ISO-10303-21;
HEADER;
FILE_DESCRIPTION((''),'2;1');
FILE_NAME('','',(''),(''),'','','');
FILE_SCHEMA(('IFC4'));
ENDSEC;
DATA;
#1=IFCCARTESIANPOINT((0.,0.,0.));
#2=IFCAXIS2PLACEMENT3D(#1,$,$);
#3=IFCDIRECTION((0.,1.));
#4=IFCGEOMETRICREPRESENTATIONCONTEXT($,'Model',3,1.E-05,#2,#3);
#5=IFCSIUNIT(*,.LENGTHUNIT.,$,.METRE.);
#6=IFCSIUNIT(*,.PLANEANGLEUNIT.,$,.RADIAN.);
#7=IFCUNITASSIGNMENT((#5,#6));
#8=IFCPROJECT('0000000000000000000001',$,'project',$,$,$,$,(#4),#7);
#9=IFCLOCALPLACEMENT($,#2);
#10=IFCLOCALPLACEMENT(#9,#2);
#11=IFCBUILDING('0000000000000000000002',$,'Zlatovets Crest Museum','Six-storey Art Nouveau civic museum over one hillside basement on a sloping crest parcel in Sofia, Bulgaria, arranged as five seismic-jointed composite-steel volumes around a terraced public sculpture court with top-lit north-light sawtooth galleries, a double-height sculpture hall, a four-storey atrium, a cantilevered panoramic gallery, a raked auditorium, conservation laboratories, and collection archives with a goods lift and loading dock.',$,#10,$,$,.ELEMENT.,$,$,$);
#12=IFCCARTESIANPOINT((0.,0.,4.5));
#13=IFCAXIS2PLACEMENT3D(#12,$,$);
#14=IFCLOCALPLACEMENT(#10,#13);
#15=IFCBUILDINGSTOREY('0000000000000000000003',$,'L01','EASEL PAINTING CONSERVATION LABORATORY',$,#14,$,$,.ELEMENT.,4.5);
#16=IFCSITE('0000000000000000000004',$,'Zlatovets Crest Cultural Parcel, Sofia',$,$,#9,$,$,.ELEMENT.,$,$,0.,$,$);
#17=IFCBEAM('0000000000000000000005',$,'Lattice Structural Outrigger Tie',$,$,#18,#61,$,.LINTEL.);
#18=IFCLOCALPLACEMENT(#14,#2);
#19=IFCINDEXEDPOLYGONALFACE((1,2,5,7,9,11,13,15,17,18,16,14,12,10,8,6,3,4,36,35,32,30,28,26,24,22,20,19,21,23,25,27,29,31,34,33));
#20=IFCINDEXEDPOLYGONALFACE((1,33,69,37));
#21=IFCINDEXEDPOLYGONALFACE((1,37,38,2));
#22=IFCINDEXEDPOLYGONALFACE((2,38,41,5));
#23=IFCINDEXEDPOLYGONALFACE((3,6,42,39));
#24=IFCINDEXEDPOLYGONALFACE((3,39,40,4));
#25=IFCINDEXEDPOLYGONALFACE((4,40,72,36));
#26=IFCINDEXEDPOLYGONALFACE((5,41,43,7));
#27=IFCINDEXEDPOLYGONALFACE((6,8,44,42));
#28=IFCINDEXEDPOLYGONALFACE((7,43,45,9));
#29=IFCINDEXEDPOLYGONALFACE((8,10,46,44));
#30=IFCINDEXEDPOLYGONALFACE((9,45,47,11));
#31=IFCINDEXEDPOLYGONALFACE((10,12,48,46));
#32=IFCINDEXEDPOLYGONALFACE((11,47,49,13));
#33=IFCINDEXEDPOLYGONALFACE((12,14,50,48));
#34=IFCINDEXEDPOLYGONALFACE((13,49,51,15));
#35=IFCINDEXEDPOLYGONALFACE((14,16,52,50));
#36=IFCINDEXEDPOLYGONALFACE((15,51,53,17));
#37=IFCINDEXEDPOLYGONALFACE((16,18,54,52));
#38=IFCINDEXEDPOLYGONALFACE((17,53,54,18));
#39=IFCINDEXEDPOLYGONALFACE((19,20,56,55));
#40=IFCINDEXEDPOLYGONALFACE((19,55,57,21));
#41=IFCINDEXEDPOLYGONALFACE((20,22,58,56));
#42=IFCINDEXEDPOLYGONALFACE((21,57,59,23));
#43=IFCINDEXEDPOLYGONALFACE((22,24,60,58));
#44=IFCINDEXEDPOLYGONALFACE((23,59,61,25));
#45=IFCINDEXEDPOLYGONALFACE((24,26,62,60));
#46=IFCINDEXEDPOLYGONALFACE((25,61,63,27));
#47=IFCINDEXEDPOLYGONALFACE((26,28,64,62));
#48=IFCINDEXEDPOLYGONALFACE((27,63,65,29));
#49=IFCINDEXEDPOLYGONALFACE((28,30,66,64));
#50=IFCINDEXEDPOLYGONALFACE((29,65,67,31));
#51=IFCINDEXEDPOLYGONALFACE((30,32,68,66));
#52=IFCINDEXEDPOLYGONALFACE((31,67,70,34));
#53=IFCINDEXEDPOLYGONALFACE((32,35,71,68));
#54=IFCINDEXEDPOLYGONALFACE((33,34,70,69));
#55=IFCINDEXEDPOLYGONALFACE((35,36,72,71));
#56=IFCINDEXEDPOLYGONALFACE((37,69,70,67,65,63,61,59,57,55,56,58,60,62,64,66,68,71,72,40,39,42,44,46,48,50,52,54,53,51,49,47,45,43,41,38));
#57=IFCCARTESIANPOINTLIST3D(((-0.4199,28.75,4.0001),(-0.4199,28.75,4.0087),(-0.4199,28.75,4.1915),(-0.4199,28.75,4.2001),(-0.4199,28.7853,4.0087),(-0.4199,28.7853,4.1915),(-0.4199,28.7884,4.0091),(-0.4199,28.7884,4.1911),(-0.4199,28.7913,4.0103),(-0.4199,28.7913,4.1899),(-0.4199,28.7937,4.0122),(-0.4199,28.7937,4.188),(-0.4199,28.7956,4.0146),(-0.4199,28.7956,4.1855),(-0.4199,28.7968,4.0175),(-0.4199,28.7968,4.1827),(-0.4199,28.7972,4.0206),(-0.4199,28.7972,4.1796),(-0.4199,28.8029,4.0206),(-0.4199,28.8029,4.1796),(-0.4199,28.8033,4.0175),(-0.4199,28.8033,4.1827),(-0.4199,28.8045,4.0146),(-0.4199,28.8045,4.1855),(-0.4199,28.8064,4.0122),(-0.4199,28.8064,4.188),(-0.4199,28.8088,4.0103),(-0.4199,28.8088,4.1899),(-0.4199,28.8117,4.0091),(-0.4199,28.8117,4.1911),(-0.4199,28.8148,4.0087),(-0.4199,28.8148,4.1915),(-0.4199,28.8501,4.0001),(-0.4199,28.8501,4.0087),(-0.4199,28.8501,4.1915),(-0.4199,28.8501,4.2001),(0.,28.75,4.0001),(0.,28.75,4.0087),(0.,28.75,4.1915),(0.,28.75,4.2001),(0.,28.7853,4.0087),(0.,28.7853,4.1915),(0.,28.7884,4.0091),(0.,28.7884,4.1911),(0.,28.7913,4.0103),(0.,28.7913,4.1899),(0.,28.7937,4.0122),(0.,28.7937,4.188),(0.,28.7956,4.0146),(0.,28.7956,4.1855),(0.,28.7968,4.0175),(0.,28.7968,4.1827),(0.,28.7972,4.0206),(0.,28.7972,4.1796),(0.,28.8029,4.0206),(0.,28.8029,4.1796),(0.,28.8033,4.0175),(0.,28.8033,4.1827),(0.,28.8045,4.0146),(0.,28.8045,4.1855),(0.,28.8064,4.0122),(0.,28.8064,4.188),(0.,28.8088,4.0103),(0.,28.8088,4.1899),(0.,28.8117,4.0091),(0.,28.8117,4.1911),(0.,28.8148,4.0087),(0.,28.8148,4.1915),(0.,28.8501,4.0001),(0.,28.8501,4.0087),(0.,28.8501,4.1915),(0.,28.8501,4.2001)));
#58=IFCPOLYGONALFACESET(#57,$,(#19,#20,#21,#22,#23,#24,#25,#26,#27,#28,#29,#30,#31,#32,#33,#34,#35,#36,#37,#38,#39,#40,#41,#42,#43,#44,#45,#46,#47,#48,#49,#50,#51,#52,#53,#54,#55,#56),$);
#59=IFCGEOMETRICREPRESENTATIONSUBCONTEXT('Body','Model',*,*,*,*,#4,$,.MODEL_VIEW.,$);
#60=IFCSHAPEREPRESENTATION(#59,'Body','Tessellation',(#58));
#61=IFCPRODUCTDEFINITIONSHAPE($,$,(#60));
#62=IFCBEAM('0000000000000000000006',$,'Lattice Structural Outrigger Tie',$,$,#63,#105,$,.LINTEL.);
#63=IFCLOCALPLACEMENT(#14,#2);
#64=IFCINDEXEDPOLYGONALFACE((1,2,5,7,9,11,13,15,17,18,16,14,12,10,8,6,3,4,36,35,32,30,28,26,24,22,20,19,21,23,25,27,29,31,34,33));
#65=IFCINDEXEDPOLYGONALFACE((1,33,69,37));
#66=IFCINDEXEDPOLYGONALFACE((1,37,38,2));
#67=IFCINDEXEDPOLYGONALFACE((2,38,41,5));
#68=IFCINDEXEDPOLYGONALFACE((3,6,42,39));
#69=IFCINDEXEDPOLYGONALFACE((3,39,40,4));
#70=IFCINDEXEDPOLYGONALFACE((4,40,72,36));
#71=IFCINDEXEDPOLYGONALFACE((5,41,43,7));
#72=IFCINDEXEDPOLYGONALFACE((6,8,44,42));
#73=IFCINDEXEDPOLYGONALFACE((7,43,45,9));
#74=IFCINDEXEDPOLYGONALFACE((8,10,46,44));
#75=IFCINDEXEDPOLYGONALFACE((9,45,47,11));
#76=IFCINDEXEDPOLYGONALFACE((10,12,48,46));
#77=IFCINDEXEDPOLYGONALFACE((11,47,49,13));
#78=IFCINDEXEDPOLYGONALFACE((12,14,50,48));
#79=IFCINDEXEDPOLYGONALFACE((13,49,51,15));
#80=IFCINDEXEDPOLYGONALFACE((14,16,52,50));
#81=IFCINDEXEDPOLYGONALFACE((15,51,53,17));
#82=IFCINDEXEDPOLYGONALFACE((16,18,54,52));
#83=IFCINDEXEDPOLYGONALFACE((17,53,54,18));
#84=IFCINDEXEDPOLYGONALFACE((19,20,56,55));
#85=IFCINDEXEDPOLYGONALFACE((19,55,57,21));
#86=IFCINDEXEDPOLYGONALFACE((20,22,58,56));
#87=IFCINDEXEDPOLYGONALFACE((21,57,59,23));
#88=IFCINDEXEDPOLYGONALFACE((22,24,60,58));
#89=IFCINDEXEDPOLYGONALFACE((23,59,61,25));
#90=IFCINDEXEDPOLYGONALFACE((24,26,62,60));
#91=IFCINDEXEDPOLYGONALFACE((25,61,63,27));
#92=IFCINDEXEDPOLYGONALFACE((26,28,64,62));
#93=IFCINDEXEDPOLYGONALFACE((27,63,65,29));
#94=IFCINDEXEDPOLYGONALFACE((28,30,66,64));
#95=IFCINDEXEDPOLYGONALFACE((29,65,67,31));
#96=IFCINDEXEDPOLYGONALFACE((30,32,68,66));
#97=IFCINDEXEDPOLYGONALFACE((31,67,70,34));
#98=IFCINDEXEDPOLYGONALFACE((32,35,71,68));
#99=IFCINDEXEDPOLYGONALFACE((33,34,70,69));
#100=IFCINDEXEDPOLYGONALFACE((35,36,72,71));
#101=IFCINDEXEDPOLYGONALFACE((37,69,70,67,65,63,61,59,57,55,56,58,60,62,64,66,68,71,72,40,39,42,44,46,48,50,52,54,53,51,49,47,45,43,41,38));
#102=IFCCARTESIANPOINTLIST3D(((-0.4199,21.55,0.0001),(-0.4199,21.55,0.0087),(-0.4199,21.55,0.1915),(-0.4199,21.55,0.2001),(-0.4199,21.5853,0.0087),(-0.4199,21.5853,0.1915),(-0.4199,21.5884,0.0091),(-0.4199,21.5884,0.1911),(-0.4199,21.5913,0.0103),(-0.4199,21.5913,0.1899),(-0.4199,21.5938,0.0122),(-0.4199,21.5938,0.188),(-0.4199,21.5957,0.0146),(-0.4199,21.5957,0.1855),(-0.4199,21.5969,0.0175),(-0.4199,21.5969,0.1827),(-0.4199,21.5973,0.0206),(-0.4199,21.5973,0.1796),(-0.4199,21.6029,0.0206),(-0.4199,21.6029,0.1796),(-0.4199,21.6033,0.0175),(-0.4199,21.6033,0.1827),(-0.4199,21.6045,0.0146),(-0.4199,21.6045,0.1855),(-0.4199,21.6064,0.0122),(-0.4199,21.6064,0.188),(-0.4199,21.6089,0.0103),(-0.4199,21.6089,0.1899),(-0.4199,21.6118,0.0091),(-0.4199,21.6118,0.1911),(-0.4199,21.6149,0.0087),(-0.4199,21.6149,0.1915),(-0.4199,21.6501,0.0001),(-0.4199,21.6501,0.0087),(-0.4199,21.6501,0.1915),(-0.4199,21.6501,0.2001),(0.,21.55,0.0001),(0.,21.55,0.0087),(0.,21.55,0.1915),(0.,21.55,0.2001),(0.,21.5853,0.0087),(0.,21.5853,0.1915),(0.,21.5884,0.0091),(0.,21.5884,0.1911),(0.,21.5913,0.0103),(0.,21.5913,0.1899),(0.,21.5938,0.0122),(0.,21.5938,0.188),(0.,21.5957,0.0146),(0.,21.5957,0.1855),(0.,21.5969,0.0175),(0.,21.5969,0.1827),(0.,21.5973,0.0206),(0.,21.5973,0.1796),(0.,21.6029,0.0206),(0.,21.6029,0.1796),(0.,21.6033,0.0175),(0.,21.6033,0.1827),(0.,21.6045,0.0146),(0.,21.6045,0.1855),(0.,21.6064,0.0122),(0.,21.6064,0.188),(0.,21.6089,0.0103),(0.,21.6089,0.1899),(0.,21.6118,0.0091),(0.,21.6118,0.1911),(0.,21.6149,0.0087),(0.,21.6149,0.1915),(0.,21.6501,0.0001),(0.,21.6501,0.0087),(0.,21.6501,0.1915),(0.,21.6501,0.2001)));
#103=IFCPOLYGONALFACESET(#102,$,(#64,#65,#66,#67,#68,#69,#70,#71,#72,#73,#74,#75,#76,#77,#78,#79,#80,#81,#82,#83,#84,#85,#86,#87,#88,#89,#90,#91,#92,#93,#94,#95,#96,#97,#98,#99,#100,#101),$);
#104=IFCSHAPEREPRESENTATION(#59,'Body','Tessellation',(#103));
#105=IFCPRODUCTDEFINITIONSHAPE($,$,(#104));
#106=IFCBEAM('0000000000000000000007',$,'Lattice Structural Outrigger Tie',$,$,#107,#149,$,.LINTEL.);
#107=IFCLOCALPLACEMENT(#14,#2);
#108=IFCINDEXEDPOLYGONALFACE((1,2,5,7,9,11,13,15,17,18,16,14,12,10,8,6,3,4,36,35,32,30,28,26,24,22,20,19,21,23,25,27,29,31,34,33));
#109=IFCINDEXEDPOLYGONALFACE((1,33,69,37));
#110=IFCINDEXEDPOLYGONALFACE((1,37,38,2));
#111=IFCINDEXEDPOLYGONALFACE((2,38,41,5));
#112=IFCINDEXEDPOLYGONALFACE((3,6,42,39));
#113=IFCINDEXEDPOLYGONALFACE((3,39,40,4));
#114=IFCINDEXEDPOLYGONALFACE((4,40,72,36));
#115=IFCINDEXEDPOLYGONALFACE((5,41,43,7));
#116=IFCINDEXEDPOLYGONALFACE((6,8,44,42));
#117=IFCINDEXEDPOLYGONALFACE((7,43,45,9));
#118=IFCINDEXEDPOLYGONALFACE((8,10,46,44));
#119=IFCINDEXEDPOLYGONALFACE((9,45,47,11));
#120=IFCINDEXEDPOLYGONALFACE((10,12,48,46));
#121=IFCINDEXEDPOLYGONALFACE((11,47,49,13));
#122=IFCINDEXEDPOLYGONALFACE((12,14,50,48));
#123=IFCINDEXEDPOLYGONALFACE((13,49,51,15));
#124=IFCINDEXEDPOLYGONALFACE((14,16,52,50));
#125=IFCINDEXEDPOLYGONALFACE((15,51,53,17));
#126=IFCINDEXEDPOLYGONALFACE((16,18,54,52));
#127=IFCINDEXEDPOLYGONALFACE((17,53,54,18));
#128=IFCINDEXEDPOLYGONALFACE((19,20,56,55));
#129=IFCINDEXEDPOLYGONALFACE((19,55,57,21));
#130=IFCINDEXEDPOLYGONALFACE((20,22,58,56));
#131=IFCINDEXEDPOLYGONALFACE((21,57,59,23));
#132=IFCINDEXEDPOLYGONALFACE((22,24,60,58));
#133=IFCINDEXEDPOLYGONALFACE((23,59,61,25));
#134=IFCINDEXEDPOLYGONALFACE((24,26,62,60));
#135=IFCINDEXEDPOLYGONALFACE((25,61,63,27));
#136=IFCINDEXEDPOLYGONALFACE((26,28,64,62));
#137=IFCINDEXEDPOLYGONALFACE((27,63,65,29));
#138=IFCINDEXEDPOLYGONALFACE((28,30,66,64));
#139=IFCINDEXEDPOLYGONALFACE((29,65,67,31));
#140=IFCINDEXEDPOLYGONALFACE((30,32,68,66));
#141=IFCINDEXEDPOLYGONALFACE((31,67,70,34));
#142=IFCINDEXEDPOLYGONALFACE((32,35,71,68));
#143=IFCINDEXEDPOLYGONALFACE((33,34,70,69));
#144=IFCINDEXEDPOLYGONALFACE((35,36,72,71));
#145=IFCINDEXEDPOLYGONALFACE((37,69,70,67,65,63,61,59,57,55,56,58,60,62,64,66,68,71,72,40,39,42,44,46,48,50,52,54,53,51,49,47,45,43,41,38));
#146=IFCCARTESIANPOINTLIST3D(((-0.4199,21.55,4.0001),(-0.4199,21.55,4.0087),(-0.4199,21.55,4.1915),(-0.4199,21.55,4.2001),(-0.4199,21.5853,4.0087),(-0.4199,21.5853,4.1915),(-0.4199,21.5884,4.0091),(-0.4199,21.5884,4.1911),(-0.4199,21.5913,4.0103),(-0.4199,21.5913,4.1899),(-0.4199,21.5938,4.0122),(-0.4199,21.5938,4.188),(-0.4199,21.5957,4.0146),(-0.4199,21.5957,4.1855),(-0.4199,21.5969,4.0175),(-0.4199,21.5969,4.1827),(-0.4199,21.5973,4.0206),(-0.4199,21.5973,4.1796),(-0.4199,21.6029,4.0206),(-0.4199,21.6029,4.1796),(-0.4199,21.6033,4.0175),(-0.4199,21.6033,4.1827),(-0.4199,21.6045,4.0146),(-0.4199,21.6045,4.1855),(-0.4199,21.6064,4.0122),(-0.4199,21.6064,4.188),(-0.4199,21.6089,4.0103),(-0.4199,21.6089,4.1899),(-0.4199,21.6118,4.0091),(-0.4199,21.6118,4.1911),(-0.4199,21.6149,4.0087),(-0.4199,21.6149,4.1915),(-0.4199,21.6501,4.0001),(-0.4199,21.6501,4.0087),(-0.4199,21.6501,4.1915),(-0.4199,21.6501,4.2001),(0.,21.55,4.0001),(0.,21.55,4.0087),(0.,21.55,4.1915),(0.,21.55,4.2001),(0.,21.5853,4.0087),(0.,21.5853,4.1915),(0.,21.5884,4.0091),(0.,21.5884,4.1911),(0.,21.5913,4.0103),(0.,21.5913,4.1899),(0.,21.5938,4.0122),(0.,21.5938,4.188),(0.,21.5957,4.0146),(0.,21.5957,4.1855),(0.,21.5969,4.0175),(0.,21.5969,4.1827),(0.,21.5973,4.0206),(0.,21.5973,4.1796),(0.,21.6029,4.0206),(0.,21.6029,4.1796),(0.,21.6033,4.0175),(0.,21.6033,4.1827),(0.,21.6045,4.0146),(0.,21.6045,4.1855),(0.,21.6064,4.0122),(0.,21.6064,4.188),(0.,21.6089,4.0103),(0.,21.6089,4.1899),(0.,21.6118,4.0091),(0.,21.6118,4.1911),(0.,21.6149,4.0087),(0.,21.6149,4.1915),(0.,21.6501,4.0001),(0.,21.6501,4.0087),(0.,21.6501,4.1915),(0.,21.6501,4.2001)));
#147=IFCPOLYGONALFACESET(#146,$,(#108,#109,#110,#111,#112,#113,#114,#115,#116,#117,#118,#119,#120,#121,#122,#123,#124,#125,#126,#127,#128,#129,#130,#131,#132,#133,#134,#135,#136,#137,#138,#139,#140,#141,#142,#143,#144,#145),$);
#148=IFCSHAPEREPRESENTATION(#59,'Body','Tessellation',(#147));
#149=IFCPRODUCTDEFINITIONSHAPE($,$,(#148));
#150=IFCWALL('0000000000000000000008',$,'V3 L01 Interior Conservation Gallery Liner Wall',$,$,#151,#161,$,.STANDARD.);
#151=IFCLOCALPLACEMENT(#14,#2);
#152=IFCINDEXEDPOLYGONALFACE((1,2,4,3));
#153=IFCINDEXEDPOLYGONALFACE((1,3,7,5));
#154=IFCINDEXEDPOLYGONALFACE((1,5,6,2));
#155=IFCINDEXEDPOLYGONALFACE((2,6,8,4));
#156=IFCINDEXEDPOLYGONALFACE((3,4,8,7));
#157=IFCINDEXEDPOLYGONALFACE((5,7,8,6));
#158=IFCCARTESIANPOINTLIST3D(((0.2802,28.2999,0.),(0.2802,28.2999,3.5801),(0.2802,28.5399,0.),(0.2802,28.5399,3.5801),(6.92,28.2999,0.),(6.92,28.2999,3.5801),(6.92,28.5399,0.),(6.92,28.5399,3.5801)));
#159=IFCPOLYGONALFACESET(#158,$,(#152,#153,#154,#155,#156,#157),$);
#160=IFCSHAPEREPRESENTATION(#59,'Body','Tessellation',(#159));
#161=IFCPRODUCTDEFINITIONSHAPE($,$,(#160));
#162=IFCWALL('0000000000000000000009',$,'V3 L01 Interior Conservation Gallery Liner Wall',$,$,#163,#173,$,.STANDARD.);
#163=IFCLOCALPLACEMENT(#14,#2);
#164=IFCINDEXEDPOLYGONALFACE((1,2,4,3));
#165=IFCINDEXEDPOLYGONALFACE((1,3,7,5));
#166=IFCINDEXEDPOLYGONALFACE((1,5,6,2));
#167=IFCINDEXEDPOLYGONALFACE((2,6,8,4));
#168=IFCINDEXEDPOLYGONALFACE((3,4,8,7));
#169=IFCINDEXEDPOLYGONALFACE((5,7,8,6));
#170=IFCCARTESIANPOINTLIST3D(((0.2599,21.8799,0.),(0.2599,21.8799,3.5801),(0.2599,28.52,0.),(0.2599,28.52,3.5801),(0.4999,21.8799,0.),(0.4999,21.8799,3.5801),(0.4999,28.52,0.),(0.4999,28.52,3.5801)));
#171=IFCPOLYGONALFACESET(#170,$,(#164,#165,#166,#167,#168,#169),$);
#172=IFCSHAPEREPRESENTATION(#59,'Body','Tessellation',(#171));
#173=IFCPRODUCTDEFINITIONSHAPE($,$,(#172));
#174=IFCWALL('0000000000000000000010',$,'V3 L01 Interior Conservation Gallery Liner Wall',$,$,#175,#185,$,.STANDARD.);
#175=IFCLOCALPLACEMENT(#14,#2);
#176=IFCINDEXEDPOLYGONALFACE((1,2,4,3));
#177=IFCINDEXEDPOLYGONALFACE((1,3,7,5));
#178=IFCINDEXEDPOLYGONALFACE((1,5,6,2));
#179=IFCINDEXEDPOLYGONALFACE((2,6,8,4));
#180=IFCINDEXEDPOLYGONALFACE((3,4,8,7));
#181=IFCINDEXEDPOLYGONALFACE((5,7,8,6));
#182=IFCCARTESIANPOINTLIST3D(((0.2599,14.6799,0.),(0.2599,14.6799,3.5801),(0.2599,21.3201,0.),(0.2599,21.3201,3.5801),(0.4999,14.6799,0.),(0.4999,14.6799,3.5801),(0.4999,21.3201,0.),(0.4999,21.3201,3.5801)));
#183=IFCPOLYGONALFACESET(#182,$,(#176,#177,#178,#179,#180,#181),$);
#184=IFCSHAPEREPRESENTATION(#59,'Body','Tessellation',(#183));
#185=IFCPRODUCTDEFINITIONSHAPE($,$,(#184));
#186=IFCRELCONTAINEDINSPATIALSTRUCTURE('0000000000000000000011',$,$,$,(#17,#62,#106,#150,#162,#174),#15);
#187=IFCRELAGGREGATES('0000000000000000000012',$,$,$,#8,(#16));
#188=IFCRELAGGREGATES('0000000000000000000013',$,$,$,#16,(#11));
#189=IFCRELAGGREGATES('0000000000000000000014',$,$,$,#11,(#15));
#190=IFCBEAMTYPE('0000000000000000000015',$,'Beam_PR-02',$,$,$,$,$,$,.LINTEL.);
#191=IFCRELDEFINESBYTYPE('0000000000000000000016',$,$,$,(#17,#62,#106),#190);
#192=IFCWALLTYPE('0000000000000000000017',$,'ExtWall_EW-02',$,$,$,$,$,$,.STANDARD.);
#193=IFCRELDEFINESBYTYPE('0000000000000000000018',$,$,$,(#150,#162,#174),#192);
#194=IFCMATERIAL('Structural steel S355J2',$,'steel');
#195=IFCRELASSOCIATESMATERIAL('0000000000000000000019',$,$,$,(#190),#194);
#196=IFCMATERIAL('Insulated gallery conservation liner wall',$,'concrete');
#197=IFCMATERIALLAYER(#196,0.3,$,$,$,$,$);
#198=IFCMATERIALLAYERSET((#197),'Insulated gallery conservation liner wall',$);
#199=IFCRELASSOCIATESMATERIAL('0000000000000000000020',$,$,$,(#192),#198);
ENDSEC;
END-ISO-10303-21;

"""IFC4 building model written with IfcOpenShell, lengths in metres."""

from ifc_helpers import new_model, si_unit, direction, frame, frame_2d, origin, origin_2d, place, context, subcontext, project, spatial, rectangle, i_section, extrude, material, layer, layer_set, material_profile, profile_set, type_object, element, save


model = new_model("IFC4")

# Units and contexts
model_context = context("Model", 3, precision=1e-05, world=origin(), true_north=direction((0.0, 1.0)))
body_context = subcontext(model_context, "Body", "Model", "MODEL_VIEW")
ifc_project = project(units=[si_unit("LENGTHUNIT", "METRE"), si_unit("PLANEANGLEUNIT", "RADIAN")], contexts=[model_context])

# Site, building, storey
site_placement = place(None, origin())
site = spatial("IfcSite", under=ifc_project, at=site_placement, Name="Zlatovets Crest Cultural Parcel, Sofia", CompositionType="ELEMENT", RefElevation=0.0)
building_placement = place(site_placement, origin())
building = spatial("IfcBuilding", under=site, at=building_placement, Name="Zlatovets Crest Museum", Description="Six-storey Art Nouveau civic museum over one hillside basement on a sloping crest parcel in Sofia, Bulgaria, arranged as five seismic-jointed composite-steel volumes around a terraced public sculpture court with top-lit north-light sawtooth galleries, a double-height sculpture hall, a four-storey atrium, a cantilevered panoramic gallery, a raked auditorium, conservation laboratories, and collection archives with a goods lift and loading dock.", CompositionType="ELEMENT")
storey_placement = place(building_placement, frame((0.0, 0.0, 4.5)))
storey = spatial("IfcBuildingStorey", under=building, at=storey_placement, Name="L01", Description="EASEL PAINTING CONSERVATION LABORATORY", CompositionType="ELEMENT", Elevation=4.5)

# Shared definitions
ifc_material_1 = material(Name="Structural steel S355J2", Category="steel")

# Beams
ifc_material_profile_1 = material_profile(ifc_material_1, i_section(OverallWidth=0.1001, OverallDepth=0.2, WebThickness=0.0056, FlangeThickness=0.0085, FilletRadius=0.012, at=origin_2d()), Name="IPE 200")
ifc_profile_set_1 = profile_set([ifc_material_profile_1], Name="Structural steel S355J2")
beam_type_1 = type_object("IfcBeamType", Name="Beam_PR-02", PredefinedType="LINTEL", material=ifc_profile_set_1)
for number, where, z_axis, x_axis, name in (
    (1, (0.0, 28.8, 4.1001), (-1.0, 0.0, 0.0), (0.0, -1.0, 0.0), "Lattice Structural Outrigger Tie"),
    (2, (0.0, 21.6001, 0.1001), (-1.0, 0.0, 0.0), (0.0, -1.0, 0.0), "Lattice Structural Outrigger Tie"),
    (3, (0.0, 21.6001, 4.1001), (-1.0, 0.0, 0.0), (0.0, -1.0, 0.0), "Lattice Structural Outrigger Tie"),
):
    element("IfcBeam", number, at=place(storey_placement, frame(where, z_axis=z_axis, x_axis=x_axis)), inside=storey, type_object=beam_type_1, Name=name, PredefinedType="LINTEL", context=body_context, shape_type="SweptSolid", body=[
        extrude(i_section(OverallWidth=0.1001, OverallDepth=0.2, WebThickness=0.0056, FlangeThickness=0.0085, FilletRadius=0.012, at=origin_2d()), origin(), (0.0, 0.0, 1.0), 0.4199),
    ])

# Walls
ifc_material_2 = material(Name="Insulated gallery conservation liner wall", Category="concrete")
ifc_layer_1 = layer(ifc_material_2, 0.3)
ifc_layer_set_1 = layer_set([ifc_layer_1], Name="Insulated gallery conservation liner wall")
wall_type_1 = type_object("IfcWallType", Name="ExtWall_EW-02", PredefinedType="STANDARD", material=ifc_layer_set_1)
wall_1_placement = place(storey_placement, frame((6.9199, 28.4199, 0.0), z_axis=(0.0, 0.0, 1.0), x_axis=(-1.0, 0.0, 0.0)))
element("IfcWall", 4, at=wall_1_placement, inside=storey, type_object=wall_type_1, Name="V3 L01 Interior Conservation Gallery Liner Wall", PredefinedType="STANDARD", context=body_context, shape_type="SweptSolid", body=[
    extrude(rectangle(XDim=6.6399, YDim=0.24, at=frame_2d((3.3198, 0.0))), origin(), (0.0, 0.0, 1.0), 3.5801),
])
for number, where, z_axis, x_axis, name in (
    (5, (0.3799, 28.52, 0.0), (0.0, 0.0, 1.0), (0.0, -1.0, 0.0), "V3 L01 Interior Conservation Gallery Liner Wall"),
    (6, (0.3799, 21.3201, 0.0), (0.0, 0.0, 1.0), (0.0, -1.0, 0.0), "V3 L01 Interior Conservation Gallery Liner Wall"),
):
    element("IfcWall", number, at=place(storey_placement, frame(where, z_axis=z_axis, x_axis=x_axis)), inside=storey, type_object=wall_type_1, Name=name, PredefinedType="STANDARD", context=body_context, shape_type="SweptSolid", body=[
        extrude(rectangle(XDim=6.6401, YDim=0.24, at=frame_2d((3.3201, 0.0))), origin(), (0.0, 0.0, 1.0), 3.5801),
    ])

save(model, "model.ifc")
